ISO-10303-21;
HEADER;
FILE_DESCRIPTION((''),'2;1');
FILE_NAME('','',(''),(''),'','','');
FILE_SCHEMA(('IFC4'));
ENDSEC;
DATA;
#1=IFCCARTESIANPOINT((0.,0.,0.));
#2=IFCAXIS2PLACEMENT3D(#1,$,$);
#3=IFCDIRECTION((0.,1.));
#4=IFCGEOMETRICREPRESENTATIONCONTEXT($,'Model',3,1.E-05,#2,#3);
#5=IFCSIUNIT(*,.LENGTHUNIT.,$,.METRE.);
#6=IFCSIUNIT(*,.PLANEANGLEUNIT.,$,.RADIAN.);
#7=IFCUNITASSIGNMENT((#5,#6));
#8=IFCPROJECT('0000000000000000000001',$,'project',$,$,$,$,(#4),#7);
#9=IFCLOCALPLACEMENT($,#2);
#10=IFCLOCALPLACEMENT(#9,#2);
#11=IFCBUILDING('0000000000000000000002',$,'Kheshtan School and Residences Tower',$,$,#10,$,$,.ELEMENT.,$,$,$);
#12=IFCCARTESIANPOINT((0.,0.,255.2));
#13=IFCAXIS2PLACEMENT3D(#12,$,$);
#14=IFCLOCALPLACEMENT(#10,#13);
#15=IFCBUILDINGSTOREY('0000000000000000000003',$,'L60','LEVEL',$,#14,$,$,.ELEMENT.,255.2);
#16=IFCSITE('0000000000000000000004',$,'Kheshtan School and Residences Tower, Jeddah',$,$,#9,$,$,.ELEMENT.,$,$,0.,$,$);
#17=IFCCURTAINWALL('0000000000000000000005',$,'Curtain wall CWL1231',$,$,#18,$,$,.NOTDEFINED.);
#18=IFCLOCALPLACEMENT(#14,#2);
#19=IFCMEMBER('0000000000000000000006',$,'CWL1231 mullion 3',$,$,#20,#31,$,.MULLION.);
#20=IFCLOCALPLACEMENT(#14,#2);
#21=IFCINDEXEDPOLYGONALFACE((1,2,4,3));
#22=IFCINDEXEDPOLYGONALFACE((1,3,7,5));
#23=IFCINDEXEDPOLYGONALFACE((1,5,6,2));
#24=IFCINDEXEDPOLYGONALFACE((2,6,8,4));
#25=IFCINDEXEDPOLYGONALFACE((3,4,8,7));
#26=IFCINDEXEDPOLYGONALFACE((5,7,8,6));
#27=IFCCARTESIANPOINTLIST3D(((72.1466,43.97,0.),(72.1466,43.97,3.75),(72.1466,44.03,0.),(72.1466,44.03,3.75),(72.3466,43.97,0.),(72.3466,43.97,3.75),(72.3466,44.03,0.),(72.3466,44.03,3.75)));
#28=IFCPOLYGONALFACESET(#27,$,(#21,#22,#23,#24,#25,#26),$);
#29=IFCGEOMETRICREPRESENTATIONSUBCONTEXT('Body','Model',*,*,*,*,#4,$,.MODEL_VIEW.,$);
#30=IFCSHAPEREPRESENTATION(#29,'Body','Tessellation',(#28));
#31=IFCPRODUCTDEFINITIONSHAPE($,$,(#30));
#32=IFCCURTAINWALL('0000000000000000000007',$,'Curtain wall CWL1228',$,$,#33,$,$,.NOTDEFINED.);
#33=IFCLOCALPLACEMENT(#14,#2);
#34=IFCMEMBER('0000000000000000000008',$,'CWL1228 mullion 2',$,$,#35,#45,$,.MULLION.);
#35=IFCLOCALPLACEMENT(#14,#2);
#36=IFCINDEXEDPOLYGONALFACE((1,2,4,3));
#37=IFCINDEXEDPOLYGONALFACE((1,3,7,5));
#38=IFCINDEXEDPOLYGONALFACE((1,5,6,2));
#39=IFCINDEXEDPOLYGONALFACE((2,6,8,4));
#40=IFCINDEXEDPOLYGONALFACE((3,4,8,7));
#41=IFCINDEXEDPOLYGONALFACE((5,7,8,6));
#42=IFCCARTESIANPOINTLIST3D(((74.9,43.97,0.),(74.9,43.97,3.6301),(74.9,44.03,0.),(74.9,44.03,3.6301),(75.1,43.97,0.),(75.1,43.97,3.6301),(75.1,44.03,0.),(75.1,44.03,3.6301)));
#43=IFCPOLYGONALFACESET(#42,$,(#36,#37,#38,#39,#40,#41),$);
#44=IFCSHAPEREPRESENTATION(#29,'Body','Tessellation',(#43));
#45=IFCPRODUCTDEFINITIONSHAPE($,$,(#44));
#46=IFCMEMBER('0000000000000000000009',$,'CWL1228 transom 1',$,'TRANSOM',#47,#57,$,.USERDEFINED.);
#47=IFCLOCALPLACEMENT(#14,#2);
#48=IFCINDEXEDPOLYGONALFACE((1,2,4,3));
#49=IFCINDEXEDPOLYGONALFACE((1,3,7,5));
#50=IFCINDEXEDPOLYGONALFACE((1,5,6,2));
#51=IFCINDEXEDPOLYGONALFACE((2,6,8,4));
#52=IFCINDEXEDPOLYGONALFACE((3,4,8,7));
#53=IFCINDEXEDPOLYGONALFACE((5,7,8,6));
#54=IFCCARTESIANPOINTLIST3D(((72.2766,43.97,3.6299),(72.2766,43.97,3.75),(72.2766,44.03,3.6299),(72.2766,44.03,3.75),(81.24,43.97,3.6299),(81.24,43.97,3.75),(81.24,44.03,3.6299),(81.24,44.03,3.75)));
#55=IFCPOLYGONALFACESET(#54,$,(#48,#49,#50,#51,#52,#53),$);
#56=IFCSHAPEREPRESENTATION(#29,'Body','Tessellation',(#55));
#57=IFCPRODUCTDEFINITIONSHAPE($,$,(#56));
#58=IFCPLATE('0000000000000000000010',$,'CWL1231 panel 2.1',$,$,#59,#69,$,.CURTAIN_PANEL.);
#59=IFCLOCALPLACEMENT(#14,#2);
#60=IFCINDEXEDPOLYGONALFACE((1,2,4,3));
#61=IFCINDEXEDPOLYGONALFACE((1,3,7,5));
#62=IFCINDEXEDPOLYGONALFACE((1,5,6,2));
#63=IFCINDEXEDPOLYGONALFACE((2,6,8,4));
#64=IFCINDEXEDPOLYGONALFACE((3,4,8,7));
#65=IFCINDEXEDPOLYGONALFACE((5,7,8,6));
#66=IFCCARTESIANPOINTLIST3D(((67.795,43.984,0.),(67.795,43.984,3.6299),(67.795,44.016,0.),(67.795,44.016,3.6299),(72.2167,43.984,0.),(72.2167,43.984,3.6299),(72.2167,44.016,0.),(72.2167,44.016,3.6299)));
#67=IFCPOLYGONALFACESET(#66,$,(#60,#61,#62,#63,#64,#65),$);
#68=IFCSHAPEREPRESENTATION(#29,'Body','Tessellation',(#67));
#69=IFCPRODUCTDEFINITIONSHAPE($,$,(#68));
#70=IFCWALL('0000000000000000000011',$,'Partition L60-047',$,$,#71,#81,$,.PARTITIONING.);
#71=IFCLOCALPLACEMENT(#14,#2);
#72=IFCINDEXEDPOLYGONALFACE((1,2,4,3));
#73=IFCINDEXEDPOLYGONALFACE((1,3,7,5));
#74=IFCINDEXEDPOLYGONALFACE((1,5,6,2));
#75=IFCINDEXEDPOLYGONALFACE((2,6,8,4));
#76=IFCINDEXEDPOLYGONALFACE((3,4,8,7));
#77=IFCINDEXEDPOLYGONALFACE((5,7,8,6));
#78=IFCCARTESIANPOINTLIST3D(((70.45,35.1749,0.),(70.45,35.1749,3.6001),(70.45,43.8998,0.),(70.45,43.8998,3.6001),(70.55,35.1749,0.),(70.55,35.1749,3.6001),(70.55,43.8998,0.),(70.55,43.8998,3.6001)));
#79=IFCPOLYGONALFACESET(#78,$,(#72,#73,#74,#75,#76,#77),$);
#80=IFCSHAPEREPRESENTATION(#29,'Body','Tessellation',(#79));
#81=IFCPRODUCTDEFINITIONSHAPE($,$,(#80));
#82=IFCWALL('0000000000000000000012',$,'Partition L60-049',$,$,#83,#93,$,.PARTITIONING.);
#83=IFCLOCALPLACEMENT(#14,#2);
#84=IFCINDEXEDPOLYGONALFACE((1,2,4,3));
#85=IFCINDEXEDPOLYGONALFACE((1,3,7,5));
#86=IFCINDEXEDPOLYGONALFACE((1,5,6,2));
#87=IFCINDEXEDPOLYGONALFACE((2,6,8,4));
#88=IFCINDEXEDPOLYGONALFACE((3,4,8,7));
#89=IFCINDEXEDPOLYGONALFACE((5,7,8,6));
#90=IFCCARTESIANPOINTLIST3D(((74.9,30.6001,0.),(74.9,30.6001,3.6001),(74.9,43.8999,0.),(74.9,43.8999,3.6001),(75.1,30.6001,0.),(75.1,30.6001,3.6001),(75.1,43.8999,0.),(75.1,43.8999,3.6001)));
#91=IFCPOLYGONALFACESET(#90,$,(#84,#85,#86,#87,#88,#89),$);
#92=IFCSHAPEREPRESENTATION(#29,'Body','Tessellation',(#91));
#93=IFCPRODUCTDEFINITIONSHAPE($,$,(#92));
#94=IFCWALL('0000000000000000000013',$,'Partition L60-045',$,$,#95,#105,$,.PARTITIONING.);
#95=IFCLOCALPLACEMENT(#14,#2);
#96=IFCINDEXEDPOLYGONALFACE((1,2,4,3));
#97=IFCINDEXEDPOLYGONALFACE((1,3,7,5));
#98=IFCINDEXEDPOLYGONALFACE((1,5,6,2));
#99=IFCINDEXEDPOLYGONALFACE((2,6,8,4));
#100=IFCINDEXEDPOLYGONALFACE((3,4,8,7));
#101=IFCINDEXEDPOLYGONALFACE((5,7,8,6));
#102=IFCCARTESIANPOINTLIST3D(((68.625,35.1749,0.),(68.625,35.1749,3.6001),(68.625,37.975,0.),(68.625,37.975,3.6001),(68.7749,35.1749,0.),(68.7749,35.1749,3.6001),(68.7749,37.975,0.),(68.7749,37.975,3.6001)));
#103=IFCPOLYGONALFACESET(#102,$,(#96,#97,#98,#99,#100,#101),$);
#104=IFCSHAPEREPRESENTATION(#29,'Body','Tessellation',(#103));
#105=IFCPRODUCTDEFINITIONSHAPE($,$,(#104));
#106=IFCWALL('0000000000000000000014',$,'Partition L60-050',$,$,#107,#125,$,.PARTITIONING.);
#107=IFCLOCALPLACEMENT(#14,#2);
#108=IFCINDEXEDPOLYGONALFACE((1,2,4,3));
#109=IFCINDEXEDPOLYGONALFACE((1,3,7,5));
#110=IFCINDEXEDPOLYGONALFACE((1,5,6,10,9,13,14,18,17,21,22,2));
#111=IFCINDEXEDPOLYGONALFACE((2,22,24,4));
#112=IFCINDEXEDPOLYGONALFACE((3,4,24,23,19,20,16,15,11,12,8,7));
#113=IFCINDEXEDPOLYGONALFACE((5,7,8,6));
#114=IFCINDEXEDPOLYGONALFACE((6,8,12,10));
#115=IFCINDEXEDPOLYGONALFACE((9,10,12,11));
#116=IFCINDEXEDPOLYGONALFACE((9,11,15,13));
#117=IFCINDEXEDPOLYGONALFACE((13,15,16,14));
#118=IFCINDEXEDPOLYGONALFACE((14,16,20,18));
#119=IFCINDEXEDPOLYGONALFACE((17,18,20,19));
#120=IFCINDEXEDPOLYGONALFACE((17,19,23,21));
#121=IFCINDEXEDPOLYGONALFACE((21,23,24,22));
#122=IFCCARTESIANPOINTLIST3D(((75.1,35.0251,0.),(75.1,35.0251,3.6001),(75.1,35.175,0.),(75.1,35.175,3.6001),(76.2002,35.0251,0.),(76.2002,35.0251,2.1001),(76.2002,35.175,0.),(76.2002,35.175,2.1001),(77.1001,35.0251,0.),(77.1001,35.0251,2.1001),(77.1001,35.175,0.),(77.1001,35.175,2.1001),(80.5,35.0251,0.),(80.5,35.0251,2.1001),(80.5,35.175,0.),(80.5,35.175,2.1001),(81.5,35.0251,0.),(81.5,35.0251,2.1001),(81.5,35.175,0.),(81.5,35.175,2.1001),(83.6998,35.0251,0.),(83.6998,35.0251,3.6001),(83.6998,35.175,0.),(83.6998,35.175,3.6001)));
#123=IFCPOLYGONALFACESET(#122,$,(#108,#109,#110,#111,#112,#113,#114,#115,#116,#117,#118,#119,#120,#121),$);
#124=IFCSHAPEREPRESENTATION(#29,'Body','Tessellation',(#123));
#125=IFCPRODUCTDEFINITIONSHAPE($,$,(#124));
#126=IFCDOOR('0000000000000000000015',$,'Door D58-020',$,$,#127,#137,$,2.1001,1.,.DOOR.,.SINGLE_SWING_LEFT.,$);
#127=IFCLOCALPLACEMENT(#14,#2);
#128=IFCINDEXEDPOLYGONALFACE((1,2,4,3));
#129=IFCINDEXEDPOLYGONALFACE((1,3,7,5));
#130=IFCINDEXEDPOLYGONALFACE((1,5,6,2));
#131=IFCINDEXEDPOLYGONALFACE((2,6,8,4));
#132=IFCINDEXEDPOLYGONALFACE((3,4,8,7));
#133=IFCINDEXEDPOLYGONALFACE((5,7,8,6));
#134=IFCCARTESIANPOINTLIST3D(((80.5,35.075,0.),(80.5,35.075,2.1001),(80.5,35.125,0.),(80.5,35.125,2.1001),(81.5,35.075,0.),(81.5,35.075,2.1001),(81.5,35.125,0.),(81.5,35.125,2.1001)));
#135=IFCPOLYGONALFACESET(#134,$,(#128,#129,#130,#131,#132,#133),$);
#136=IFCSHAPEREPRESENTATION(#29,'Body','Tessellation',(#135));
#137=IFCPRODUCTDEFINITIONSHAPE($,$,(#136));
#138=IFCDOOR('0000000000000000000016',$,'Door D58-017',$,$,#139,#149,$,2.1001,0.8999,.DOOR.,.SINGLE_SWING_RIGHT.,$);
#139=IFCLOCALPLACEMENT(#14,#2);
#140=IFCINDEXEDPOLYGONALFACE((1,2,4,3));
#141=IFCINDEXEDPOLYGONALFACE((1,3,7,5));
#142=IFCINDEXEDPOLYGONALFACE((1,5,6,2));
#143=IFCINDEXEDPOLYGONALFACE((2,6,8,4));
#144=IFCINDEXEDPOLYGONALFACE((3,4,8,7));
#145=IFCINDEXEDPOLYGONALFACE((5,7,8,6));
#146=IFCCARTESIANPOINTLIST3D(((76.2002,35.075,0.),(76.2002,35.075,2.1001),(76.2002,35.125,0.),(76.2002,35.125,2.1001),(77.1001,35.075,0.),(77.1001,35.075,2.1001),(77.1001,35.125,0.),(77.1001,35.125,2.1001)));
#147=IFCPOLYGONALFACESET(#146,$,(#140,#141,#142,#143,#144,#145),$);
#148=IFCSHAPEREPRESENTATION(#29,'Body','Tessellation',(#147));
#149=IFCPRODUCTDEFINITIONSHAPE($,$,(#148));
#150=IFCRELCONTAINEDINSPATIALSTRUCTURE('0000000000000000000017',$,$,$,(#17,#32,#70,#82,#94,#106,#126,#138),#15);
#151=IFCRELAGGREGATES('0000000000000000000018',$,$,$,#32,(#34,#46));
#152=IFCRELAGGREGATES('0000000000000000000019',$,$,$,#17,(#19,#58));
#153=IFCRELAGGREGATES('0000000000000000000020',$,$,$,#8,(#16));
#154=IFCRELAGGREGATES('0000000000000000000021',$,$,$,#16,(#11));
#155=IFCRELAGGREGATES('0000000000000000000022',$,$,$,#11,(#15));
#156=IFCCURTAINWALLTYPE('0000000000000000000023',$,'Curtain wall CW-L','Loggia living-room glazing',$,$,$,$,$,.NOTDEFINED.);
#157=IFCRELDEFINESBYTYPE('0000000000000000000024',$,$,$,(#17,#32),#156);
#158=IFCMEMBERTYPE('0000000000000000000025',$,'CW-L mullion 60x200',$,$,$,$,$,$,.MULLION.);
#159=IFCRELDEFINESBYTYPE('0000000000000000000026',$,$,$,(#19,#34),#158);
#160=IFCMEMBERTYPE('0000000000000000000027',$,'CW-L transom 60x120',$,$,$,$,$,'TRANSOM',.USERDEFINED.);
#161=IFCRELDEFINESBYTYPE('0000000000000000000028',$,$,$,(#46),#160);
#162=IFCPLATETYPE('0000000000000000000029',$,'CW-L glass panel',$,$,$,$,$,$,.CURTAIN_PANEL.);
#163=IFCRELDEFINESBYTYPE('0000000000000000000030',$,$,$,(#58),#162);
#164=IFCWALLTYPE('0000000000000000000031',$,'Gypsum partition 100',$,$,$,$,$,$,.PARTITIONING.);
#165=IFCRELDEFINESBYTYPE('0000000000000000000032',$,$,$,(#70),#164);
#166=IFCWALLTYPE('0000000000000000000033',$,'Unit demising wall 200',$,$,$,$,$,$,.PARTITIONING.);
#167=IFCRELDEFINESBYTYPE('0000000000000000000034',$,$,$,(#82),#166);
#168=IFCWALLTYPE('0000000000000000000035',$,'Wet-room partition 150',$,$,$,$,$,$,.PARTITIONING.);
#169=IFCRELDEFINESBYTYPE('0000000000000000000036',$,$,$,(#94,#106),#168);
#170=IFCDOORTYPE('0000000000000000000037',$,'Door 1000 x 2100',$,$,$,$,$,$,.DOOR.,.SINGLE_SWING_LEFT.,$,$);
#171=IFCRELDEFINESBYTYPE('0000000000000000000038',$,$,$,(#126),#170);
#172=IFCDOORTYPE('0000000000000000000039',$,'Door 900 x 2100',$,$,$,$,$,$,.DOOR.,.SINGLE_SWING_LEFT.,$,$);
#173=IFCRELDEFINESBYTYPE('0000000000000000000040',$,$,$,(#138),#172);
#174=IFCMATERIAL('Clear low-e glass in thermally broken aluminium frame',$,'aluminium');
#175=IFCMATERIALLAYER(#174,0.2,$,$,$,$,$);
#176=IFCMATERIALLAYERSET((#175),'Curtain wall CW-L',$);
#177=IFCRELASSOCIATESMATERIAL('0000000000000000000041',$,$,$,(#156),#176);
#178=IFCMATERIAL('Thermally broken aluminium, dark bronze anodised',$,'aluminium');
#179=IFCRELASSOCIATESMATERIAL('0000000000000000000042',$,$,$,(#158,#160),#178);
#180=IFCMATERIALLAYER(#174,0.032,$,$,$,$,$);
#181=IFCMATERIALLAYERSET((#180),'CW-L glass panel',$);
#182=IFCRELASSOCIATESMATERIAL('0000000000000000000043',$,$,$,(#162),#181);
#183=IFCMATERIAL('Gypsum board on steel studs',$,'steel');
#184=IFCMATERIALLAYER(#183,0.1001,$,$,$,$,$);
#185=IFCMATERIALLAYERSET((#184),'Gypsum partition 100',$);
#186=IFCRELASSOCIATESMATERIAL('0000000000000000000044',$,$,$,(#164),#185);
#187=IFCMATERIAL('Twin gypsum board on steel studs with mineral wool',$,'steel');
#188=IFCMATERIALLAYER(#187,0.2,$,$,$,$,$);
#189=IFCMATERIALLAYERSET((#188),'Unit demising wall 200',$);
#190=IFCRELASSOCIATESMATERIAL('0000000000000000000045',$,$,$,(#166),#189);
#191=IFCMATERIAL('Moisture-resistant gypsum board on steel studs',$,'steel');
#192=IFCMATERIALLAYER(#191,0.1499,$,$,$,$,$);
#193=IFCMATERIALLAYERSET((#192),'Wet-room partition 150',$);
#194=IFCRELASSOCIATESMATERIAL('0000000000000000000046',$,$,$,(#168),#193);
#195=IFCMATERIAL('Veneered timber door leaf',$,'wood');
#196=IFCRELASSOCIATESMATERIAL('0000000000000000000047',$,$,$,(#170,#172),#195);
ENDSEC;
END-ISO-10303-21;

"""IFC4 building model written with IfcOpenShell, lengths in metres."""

from ifc_helpers import new_model, si_unit, direction, frame, frame_2d, origin, origin_2d, place, context, subcontext, project, spatial, rectangle, extrude, source, transform, mapped, material, layer, layer_set, material_profile, profile_set, type_object, element, fill, aggregate, save


model = new_model("IFC4")

# Units and contexts
model_context = context("Model", 3, precision=1e-05, world=origin(), true_north=direction((0.0, 1.0)))
body_context = subcontext(model_context, "Body", "Model", "MODEL_VIEW")
ifc_project = project(units=[si_unit("LENGTHUNIT", "METRE"), si_unit("PLANEANGLEUNIT", "RADIAN")], contexts=[model_context])

# Site, building, storey
site_placement = place(None, origin())
site = spatial("IfcSite", under=ifc_project, at=site_placement, Name="Kheshtan School and Residences Tower, Jeddah", CompositionType="ELEMENT", RefElevation=0.0)
building_placement = place(site_placement, origin())
building = spatial("IfcBuilding", under=site, at=building_placement, Name="Kheshtan School and Residences Tower", CompositionType="ELEMENT")
storey_placement = place(building_placement, frame((0.0, 0.0, 255.2)))
storey = spatial("IfcBuildingStorey", under=building, at=storey_placement, Name="L60", Description="LEVEL", CompositionType="ELEMENT", Elevation=255.2)

# Curtain wall, member
ifc_material_1 = material(Name="Clear low-e glass in thermally broken aluminium frame", Category="aluminium")
ifc_layer_1 = layer(ifc_material_1, 0.2)
ifc_layer_set_1 = layer_set([ifc_layer_1], Name="Curtain wall CW-L")
curtain_wall_type = type_object("IfcCurtainWallType", Name="Curtain wall CW-L", Description="Loggia living-room glazing", PredefinedType="NOTDEFINED", material=ifc_layer_set_1)
curtain_wall_1_placement = place(storey_placement, origin())
curtain_wall_1 = element("IfcCurtainWall", 1, at=curtain_wall_1_placement, inside=storey, type_object=curtain_wall_type, Name="Curtain wall CWL1231", PredefinedType="NOTDEFINED")
ifc_material_2 = material(Name="Thermally broken aluminium, dark bronze anodised", Category="aluminium")
ifc_material_profile_1 = material_profile(ifc_material_2, rectangle(XDim=0.0601, YDim=0.2, at=origin_2d()), Name="CW-L mullion 60x200")
ifc_profile_set_1 = profile_set([ifc_material_profile_1], Name="Thermally broken aluminium, dark bronze anodised")
member_type_1 = type_object("IfcMemberType", Name="CW-L mullion 60x200", PredefinedType="MULLION", material=ifc_profile_set_1)
member_1_placement = place(storey_placement, frame((72.2466, 44.0, 0.0), z_axis=(0.0, 0.0, 1.0), x_axis=(0.0, 1.0, 0.0)))
member_1 = element("IfcMember", 2, at=member_1_placement, type_object=member_type_1, Name="CWL1231 mullion 3", PredefinedType="MULLION", context=body_context, shape_type="SweptSolid", body=[
    extrude(rectangle(XDim=0.0601, YDim=0.2, at=origin_2d()), origin(), (0.0, 0.0, 1.0), 3.75),
])

# Curtain wall, members
curtain_wall_2_placement = place(storey_placement, origin())
curtain_wall_2 = element("IfcCurtainWall", 3, at=curtain_wall_2_placement, inside=storey, type_object=curtain_wall_type, Name="Curtain wall CWL1228", PredefinedType="NOTDEFINED")
member_2_placement = place(storey_placement, frame((75.0, 44.0, 0.0), z_axis=(0.0, 0.0, 1.0), x_axis=(0.0, 1.0, 0.0)))
member_2 = element("IfcMember", 4, at=member_2_placement, type_object=member_type_1, Name="CWL1228 mullion 2", PredefinedType="MULLION", context=body_context, shape_type="SweptSolid", body=[
    extrude(rectangle(XDim=0.0601, YDim=0.2, at=origin_2d()), origin(), (0.0, 0.0, 1.0), 3.6301),
])
ifc_material_profile_2 = material_profile(ifc_material_2, rectangle(XDim=0.0601, YDim=0.1201, at=origin_2d()), Name="CW-L transom 60x120")
ifc_profile_set_2 = profile_set([ifc_material_profile_2], Name="Thermally broken aluminium, dark bronze anodised")
member_type_2 = type_object("IfcMemberType", Name="CW-L transom 60x120", ElementType="TRANSOM", PredefinedType="USERDEFINED", material=ifc_profile_set_2)
member_3_placement = place(storey_placement, frame((72.2766, 44.0, 3.6899), z_axis=(1.0, 0.0, 0.0), x_axis=(0.0, 1.0, 0.0)))
member_3 = element("IfcMember", 5, at=member_3_placement, type_object=member_type_2, Name="CWL1228 transom 1", ObjectType="TRANSOM", PredefinedType="USERDEFINED", context=body_context, shape_type="SweptSolid", body=[
    extrude(rectangle(XDim=0.0601, YDim=0.1201, at=origin_2d()), origin(), (0.0, 0.0, 1.0), 8.9634),
])
aggregate(curtain_wall_2, [member_2, member_3])

# Plate
ifc_layer_2 = layer(ifc_material_1, 0.032)
ifc_layer_set_2 = layer_set([ifc_layer_2], Name="CW-L glass panel")
plate_type = type_object("IfcPlateType", Name="CW-L glass panel", PredefinedType="CURTAIN_PANEL", material=ifc_layer_set_2)
plate_placement = place(storey_placement, frame((70.0059, 44.0, 0.0), z_axis=(0.0, 0.0, 1.0), x_axis=(1.0, 0.0, 0.0)))
plate = element("IfcPlate", 6, at=plate_placement, type_object=plate_type, Name="CWL1231 panel 2.1", PredefinedType="CURTAIN_PANEL", context=body_context, shape_type="SweptSolid", body=[
    extrude(rectangle(XDim=4.4216, YDim=0.032, at=origin_2d()), origin(), (0.0, 0.0, 1.0), 3.6299),
])
aggregate(curtain_wall_1, [member_1, plate])

# Walls
ifc_material_3 = material(Name="Gypsum board on steel studs", Category="steel")
ifc_layer_3 = layer(ifc_material_3, 0.1001)
ifc_layer_set_3 = layer_set([ifc_layer_3], Name="Gypsum partition 100")
wall_type_1 = type_object("IfcWallType", Name="Gypsum partition 100", PredefinedType="PARTITIONING", material=ifc_layer_set_3)
wall_1_placement = place(storey_placement, frame((70.5, 35.175, 0.0), z_axis=(0.0, 0.0, 1.0), x_axis=(0.0, 1.0, 0.0)))
element("IfcWall", 7, at=wall_1_placement, inside=storey, type_object=wall_type_1, Name="Partition L60-047", PredefinedType="PARTITIONING", context=body_context, shape_type="SweptSolid", body=[
    extrude(rectangle(XDim=8.7249, YDim=0.1001, at=frame_2d((4.3623, 0.0))), origin(), (0.0, 0.0, 1.0), 3.6001),
])
ifc_material_4 = material(Name="Twin gypsum board on steel studs with mineral wool", Category="steel")
ifc_layer_4 = layer(ifc_material_4, 0.2)
ifc_layer_set_4 = layer_set([ifc_layer_4], Name="Unit demising wall 200")
wall_type_2 = type_object("IfcWallType", Name="Unit demising wall 200", PredefinedType="PARTITIONING", material=ifc_layer_set_4)
wall_2_placement = place(storey_placement, frame((75.0, 30.6001, 0.0), z_axis=(0.0, 0.0, 1.0), x_axis=(0.0, 1.0, 0.0)))
element("IfcWall", 8, at=wall_2_placement, inside=storey, type_object=wall_type_2, Name="Partition L60-049", PredefinedType="PARTITIONING", context=body_context, shape_type="SweptSolid", body=[
    extrude(rectangle(XDim=13.2998, YDim=0.2, at=frame_2d((6.6499, 0.0))), origin(), (0.0, 0.0, 1.0), 3.6001),
])
ifc_material_5 = material(Name="Moisture-resistant gypsum board on steel studs", Category="steel")
ifc_layer_5 = layer(ifc_material_5, 0.1499)
ifc_layer_set_5 = layer_set([ifc_layer_5], Name="Wet-room partition 150")
wall_type_3 = type_object("IfcWallType", Name="Wet-room partition 150", PredefinedType="PARTITIONING", material=ifc_layer_set_5)
wall_3_placement = place(storey_placement, frame((68.7, 35.175, 0.0), z_axis=(0.0, 0.0, 1.0), x_axis=(0.0, 1.0, 0.0)))
element("IfcWall", 9, at=wall_3_placement, inside=storey, type_object=wall_type_3, Name="Partition L60-045", PredefinedType="PARTITIONING", context=body_context, shape_type="SweptSolid", body=[
    extrude(rectangle(XDim=2.8, YDim=0.1499, at=frame_2d((1.3999, 0.0))), origin(), (0.0, 0.0, 1.0), 3.6001),
])

# Wall, openings, doors
wall_4_placement = place(storey_placement, frame((75.1001, 35.1001, 0.0), z_axis=(0.0, 0.0, 1.0), x_axis=(1.0, 0.0, 0.0)))
wall_4 = element("IfcWall", 10, at=wall_4_placement, inside=storey, type_object=wall_type_3, Name="Partition L60-050", PredefinedType="PARTITIONING", context=body_context, shape_type="SweptSolid", body=[
    extrude(rectangle(XDim=8.5999, YDim=0.1499, at=frame_2d((4.2998, 0.0))), origin(), (0.0, 0.0, 1.0), 3.6001),
])
opening_1_placement = place(wall_4_placement, frame((1.1001, 0.0, 0.0)))
opening_1 = element("IfcOpeningElement", 11, at=opening_1_placement, cuts=wall_4, PredefinedType="OPENING", context=body_context, shape_type="SweptSolid", body=[
    extrude(rectangle(XDim=0.8999, YDim=2.1001, at=frame_2d((0.45, 1.05))), frame((0.0, 0.085, 0.0), z_axis=(0.0, -1.0, 0.0), x_axis=(1.0, 0.0, 0.0)), (0.0, 0.0, 1.0), 0.1699),
])
opening_2_placement = place(wall_4_placement, frame((5.3999, 0.0, 0.0)))
opening_2 = element("IfcOpeningElement", 12, at=opening_2_placement, cuts=wall_4, PredefinedType="OPENING", context=body_context, shape_type="SweptSolid", body=[
    extrude(rectangle(XDim=1.0, YDim=2.1001, at=frame_2d((0.5, 1.05))), frame((0.0, 0.085, 0.0), z_axis=(0.0, -1.0, 0.0), x_axis=(1.0, 0.0, 0.0)), (0.0, 0.0, 1.0), 0.1699),
])
ifc_material_6 = material(Name="Veneered timber door leaf", Category="wood")
door_type_1 = type_object("IfcDoorType", Name="Door 1000 x 2100", OperationType="SINGLE_SWING_LEFT", PredefinedType="DOOR", material=ifc_material_6)
shared_shape_1 = source(origin(), body_context, "Body", "SweptSolid", [
    extrude(rectangle(XDim=1.0, YDim=2.1001, at=frame_2d((0.5, 1.05))), frame((0.0, 0.0249, 0.0), z_axis=(0.0, -1.0, 0.0), x_axis=(1.0, 0.0, 0.0)), (0.0, 0.0, 1.0), 0.05),
])
door_1_placement = place(opening_2_placement, origin())
door_1 = element("IfcDoor", 13, at=door_1_placement, inside=storey, type_object=door_type_1, Name="Door D58-020", OperationType="SINGLE_SWING_LEFT", OverallHeight=2.1001, OverallWidth=1.0, PredefinedType="DOOR", context=body_context, shape_type="MappedRepresentation", body=[
    mapped(shared_shape_1, transform((0.0, 0.0, 0.0), x_axis=(1.0, 0.0, 0.0), y_axis=(0.0, 1.0, 0.0), z_axis=(0.0, 0.0, 1.0), scale=1.0)),
])
fill(opening_2, door_1)
door_type_2 = type_object("IfcDoorType", Name="Door 900 x 2100", OperationType="SINGLE_SWING_LEFT", PredefinedType="DOOR", material=ifc_material_6)
shared_shape_2 = source(origin(), body_context, "Body", "SweptSolid", [
    extrude(rectangle(XDim=0.8999, YDim=2.1001, at=frame_2d((0.45, 1.05))), frame((0.0, 0.0249, 0.0), z_axis=(0.0, -1.0, 0.0), x_axis=(1.0, 0.0, 0.0)), (0.0, 0.0, 1.0), 0.05),
])
door_2_placement = place(opening_1_placement, origin())
door_2 = element("IfcDoor", 14, at=door_2_placement, inside=storey, type_object=door_type_2, Name="Door D58-017", OperationType="SINGLE_SWING_RIGHT", OverallHeight=2.1001, OverallWidth=0.8999, PredefinedType="DOOR", context=body_context, shape_type="MappedRepresentation", body=[
    mapped(shared_shape_2, transform((0.0, 0.0, 0.0), x_axis=(1.0, 0.0, 0.0), y_axis=(0.0, 1.0, 0.0), z_axis=(0.0, 0.0, 1.0), scale=1.0)),
])
fill(opening_1, door_2)

save(model, "model.ifc")
